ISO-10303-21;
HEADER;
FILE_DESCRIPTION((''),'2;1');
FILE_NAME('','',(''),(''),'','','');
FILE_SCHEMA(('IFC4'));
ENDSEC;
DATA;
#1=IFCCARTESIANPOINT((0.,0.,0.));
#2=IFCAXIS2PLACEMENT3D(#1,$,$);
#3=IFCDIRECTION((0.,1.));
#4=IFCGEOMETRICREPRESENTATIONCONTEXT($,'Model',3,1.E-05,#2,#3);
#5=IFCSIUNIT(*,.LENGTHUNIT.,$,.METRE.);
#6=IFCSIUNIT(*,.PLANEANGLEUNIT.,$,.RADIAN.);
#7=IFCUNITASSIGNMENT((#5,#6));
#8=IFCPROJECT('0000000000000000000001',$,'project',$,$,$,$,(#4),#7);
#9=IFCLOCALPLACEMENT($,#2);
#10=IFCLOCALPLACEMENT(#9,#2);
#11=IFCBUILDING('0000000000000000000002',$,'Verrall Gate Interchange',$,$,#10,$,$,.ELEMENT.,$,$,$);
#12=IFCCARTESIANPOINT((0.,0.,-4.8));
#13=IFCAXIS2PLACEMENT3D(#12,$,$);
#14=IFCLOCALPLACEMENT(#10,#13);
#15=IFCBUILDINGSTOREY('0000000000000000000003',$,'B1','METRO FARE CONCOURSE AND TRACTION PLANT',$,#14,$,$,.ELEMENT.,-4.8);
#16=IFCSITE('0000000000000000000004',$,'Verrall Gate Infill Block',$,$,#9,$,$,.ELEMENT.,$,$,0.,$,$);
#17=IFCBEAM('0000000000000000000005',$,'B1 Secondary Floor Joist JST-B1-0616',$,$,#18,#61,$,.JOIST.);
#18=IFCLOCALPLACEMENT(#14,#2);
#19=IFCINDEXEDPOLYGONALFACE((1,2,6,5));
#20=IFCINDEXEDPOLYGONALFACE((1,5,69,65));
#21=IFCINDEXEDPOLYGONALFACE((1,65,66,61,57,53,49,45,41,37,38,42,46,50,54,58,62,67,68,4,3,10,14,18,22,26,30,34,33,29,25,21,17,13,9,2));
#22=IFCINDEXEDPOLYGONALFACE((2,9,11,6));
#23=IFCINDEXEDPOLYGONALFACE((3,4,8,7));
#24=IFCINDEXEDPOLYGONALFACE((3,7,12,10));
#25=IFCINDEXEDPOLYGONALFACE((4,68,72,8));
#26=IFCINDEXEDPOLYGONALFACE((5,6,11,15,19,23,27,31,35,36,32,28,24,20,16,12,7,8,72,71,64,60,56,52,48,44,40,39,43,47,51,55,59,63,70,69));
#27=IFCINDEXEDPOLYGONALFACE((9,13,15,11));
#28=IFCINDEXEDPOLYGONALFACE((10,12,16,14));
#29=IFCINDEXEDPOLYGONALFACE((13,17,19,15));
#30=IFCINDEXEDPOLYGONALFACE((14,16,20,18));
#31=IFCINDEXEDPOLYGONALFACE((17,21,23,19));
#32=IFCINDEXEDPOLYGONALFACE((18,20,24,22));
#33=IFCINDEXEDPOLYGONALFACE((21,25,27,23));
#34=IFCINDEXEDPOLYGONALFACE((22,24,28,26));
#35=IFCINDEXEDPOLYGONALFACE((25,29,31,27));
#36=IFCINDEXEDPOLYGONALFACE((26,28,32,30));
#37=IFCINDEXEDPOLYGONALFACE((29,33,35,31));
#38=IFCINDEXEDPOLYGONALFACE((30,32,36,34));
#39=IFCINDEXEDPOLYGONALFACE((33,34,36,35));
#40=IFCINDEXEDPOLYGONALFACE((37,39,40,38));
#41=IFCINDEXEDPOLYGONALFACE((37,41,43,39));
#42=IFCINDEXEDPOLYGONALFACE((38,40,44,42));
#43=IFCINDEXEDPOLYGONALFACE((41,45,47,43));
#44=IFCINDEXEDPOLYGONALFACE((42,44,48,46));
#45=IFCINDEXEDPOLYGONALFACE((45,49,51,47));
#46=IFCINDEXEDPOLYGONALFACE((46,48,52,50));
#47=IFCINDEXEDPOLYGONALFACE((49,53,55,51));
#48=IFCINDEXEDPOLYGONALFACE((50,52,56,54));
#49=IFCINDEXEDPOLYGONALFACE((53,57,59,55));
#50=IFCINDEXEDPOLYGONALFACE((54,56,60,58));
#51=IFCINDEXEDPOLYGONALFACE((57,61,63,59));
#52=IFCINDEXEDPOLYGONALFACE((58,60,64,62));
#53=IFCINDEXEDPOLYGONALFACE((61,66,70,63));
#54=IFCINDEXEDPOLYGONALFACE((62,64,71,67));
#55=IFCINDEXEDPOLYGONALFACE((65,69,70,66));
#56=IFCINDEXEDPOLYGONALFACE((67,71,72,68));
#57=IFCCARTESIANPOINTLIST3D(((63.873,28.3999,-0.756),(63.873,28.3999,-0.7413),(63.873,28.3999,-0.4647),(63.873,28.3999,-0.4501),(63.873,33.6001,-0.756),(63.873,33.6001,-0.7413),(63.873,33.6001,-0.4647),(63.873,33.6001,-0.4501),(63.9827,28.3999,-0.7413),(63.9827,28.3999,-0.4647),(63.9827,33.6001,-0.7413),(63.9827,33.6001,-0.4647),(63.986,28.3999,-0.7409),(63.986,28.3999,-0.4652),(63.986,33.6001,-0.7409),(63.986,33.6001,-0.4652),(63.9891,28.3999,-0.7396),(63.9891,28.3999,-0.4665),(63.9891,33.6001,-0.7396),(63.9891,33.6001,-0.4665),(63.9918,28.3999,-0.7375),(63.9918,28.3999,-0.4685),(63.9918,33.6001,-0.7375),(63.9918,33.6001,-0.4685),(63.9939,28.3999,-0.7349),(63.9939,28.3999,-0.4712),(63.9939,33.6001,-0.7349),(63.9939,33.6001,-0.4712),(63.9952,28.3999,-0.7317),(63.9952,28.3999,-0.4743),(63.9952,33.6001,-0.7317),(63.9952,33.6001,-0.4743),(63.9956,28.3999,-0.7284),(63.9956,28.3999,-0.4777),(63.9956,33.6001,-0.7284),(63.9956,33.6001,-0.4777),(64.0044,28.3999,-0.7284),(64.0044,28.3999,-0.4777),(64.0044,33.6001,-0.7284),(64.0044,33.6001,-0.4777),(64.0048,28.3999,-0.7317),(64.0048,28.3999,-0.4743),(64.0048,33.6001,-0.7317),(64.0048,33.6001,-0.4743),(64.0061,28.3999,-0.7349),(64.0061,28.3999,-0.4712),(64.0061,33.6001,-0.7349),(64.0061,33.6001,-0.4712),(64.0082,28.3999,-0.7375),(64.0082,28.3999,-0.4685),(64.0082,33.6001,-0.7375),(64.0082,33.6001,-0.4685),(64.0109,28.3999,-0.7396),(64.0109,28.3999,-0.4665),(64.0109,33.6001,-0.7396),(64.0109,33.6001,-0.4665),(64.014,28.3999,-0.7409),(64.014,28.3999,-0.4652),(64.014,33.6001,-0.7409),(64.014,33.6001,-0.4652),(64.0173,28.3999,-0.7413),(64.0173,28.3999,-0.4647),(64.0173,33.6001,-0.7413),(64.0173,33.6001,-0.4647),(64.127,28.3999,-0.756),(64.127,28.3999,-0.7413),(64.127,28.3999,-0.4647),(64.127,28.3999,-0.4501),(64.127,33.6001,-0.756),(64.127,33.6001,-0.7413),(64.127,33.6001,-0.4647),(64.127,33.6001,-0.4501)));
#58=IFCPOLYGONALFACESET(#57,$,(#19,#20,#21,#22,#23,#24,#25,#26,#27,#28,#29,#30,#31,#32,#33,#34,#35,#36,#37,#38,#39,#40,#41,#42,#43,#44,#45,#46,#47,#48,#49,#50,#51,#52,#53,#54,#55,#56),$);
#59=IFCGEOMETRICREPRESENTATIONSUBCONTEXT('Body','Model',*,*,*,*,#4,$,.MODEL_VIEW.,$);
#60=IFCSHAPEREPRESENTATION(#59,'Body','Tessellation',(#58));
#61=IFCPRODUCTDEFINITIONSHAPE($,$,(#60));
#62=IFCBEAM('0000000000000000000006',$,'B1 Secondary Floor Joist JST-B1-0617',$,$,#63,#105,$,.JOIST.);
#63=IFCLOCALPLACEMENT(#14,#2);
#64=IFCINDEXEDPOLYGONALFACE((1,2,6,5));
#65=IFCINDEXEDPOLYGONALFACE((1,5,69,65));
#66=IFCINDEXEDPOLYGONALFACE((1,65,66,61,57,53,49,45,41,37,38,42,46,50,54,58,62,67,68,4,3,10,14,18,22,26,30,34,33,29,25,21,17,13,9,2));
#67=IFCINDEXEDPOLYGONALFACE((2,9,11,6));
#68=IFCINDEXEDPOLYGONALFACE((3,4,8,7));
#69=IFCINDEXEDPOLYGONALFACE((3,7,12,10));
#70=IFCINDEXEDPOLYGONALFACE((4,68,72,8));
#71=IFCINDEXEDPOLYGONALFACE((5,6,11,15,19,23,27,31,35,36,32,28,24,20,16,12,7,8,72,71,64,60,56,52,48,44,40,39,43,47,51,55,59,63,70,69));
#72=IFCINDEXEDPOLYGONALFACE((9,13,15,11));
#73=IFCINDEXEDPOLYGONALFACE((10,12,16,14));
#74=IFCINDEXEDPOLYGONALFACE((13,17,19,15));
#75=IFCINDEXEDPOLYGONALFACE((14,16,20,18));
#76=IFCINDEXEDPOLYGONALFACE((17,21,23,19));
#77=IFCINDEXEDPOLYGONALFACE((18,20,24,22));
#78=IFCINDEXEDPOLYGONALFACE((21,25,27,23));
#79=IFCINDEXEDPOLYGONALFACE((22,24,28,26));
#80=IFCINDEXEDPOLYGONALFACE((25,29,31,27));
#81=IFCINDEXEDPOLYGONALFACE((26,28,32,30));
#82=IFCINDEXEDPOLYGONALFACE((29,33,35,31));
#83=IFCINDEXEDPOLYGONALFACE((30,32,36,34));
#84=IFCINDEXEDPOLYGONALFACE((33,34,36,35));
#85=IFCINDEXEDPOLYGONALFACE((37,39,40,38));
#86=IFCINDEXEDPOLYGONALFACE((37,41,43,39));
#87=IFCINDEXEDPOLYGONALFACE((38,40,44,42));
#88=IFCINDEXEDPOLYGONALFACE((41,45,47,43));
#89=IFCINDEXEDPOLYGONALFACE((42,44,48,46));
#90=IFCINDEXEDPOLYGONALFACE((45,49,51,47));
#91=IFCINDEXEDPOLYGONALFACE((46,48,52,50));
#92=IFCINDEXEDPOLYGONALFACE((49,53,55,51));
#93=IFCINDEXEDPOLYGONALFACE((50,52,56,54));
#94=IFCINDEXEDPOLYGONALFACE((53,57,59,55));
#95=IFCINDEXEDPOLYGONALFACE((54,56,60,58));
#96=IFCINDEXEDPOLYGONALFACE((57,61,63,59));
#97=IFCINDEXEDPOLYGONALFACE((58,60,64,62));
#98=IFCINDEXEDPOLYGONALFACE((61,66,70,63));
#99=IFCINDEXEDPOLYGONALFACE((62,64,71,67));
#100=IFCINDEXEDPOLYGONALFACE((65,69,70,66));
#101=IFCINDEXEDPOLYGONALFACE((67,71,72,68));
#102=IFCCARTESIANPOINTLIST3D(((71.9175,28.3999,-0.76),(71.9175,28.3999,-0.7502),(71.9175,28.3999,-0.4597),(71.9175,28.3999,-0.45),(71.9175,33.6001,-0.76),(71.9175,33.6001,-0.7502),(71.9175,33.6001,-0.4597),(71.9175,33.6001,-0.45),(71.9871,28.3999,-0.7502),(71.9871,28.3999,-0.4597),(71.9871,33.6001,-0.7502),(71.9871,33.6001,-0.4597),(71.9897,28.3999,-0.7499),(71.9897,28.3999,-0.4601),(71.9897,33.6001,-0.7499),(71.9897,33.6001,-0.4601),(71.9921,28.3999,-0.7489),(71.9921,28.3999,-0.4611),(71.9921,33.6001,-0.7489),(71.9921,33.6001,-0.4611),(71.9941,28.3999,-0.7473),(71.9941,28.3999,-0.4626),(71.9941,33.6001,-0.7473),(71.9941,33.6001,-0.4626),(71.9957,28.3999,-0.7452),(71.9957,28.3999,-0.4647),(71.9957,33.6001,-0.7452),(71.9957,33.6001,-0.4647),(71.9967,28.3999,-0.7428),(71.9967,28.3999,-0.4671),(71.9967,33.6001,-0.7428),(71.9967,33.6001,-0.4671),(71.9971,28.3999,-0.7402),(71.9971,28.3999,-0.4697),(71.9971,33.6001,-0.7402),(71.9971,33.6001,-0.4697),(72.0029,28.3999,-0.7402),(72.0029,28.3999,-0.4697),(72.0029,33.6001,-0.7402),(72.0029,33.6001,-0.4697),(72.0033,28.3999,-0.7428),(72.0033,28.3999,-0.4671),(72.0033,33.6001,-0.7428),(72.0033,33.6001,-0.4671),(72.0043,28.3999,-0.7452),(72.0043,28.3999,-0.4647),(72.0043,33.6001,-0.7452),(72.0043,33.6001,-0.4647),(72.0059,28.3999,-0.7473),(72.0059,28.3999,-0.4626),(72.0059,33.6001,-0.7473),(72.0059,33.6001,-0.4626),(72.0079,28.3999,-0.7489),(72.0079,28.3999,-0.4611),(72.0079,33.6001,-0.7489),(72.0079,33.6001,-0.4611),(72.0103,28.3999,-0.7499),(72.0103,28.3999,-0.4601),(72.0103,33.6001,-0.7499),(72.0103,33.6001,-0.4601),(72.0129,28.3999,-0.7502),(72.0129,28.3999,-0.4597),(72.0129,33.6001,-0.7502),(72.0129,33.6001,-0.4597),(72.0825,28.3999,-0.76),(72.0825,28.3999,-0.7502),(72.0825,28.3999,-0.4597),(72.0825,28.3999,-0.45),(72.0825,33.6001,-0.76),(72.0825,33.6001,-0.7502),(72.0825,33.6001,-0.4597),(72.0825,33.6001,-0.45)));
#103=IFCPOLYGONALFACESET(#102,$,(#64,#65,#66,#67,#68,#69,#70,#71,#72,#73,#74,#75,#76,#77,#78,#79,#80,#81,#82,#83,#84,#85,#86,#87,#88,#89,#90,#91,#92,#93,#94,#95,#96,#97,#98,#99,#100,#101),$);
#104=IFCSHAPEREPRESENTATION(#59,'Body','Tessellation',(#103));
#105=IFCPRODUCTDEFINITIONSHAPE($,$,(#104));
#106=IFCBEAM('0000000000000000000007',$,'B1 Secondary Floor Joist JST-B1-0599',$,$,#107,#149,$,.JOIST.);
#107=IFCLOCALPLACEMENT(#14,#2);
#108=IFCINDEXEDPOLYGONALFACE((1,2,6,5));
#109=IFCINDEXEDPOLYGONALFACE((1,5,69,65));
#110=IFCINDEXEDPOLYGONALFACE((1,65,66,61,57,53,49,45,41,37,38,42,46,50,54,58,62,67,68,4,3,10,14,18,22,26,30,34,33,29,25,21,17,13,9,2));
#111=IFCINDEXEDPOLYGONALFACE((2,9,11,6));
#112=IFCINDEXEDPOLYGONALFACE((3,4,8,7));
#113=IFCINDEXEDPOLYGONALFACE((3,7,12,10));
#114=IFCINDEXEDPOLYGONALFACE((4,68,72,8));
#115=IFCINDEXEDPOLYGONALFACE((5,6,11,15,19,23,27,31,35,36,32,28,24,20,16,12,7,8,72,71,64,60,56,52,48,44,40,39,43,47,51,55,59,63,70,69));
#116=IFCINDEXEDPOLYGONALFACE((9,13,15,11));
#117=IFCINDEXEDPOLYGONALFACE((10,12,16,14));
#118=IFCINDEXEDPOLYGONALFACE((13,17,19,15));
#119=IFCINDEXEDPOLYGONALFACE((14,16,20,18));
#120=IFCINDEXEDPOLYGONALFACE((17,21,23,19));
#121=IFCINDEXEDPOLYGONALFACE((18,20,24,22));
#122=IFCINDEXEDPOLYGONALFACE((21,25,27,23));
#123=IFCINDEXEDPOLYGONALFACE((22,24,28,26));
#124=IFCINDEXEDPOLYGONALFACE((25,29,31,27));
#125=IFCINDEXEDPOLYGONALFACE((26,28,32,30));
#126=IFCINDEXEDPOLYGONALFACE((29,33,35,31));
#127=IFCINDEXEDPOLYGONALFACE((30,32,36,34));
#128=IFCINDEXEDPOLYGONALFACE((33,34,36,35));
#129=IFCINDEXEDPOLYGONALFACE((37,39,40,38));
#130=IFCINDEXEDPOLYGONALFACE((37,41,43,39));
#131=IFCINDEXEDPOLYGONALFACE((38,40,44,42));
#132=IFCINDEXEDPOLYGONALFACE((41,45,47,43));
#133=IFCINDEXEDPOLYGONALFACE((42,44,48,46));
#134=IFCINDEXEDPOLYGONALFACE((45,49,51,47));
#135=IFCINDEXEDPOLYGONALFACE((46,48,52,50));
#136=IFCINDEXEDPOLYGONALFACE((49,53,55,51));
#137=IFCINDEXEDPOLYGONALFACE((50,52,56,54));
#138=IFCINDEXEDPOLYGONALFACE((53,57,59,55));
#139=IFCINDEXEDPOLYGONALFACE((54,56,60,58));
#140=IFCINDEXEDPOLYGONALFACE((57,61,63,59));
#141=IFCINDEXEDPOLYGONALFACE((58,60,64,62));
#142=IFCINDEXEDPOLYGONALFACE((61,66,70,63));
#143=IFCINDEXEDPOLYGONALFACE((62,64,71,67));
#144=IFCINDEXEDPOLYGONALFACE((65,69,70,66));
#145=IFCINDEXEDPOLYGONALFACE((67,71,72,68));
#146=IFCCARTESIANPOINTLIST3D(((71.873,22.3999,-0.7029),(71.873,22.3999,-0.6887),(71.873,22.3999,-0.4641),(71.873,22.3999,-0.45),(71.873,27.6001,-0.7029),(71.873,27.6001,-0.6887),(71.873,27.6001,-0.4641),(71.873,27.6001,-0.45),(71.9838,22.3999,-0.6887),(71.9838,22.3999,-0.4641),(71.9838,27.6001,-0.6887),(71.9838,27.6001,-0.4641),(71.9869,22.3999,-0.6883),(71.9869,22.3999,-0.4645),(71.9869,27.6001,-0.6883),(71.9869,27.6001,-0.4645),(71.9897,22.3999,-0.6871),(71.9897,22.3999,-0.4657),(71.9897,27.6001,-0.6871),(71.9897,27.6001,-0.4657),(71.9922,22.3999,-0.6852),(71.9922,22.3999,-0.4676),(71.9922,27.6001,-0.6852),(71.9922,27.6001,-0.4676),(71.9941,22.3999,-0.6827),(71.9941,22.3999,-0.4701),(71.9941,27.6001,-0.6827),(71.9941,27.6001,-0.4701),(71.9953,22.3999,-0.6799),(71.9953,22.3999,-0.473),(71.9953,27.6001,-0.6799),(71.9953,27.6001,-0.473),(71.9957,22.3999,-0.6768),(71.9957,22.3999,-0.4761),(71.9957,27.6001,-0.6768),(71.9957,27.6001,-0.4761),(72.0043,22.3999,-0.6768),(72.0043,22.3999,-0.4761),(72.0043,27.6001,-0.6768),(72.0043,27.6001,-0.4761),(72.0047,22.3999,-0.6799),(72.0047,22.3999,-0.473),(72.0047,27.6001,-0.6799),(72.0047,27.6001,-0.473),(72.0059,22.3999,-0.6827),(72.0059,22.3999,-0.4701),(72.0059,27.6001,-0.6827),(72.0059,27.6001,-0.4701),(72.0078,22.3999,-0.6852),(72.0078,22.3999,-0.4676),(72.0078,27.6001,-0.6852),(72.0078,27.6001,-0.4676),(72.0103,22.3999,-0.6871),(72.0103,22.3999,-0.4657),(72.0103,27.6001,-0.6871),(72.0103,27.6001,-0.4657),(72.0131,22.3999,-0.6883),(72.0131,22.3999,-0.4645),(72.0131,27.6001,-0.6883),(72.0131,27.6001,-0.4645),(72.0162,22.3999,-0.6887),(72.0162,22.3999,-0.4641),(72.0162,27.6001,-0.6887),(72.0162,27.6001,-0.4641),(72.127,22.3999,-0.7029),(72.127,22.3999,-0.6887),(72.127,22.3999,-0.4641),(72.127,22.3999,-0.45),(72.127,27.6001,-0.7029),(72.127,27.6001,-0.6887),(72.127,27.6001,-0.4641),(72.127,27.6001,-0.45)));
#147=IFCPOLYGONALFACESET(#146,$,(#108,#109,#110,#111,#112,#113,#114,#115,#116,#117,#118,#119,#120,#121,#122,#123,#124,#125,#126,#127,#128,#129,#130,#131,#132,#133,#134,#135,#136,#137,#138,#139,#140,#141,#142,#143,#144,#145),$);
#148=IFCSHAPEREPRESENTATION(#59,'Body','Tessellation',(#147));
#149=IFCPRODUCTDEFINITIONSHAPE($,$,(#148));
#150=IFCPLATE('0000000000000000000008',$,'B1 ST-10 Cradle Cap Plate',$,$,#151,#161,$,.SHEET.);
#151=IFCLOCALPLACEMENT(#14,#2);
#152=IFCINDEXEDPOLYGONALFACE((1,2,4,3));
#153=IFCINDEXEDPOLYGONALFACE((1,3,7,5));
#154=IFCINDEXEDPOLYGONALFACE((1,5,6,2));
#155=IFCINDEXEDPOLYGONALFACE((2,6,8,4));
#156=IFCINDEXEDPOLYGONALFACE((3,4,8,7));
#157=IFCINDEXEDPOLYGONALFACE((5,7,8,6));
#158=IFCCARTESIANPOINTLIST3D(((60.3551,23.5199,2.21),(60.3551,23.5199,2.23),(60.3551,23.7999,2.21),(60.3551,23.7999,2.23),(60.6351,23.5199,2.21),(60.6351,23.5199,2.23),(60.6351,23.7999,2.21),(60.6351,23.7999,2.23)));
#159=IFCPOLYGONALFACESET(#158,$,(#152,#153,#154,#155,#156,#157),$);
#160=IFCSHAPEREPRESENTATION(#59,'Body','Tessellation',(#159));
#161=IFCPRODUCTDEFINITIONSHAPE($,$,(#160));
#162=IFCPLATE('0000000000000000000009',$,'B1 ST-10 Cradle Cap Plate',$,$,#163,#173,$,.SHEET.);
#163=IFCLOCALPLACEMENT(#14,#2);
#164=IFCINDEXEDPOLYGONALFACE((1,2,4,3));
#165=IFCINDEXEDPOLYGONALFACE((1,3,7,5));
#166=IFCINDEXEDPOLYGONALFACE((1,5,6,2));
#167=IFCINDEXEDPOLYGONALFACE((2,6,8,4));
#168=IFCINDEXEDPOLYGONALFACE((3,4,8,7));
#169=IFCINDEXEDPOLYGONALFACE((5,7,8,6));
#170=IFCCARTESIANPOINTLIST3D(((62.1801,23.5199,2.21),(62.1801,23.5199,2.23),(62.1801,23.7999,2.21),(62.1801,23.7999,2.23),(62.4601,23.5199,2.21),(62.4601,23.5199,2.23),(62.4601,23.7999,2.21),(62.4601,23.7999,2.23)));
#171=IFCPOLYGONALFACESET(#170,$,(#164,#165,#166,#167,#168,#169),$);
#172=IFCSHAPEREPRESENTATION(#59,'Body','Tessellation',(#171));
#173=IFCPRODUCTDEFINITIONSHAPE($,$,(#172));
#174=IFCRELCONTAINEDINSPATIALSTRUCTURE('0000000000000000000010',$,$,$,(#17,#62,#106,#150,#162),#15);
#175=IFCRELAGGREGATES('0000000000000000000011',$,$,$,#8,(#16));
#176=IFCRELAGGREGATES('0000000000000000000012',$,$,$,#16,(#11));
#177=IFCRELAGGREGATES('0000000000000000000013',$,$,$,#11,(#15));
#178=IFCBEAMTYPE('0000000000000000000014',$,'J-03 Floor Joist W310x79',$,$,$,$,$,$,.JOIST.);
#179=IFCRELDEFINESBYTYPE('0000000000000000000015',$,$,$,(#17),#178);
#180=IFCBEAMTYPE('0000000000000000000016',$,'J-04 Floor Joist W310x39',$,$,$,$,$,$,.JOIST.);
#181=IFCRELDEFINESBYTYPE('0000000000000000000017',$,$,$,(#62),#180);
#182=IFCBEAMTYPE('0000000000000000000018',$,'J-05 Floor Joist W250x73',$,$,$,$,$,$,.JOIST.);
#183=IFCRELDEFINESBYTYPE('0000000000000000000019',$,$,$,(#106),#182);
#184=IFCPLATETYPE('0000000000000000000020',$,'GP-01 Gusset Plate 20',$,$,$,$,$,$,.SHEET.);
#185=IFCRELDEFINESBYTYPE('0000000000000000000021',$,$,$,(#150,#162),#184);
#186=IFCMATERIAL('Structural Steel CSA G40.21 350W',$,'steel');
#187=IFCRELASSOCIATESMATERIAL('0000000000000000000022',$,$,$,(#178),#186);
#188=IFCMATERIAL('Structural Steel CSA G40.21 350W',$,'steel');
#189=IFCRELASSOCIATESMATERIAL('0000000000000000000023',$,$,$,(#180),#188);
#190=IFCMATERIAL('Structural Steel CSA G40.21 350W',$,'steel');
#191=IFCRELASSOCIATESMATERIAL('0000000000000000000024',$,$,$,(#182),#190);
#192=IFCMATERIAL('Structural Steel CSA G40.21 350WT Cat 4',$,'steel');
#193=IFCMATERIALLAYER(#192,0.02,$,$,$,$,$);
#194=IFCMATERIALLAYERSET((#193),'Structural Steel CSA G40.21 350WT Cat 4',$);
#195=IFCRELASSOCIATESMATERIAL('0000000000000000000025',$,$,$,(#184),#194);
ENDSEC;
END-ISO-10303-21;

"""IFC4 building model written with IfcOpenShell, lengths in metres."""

from ifc_helpers import new_model, si_unit, direction, frame, origin, origin_2d, place, context, subcontext, project, spatial, rectangle, i_section, extrude, material, layer, layer_set, material_profile, profile_set, type_object, element, save


model = new_model("IFC4")

# Units and contexts
model_context = context("Model", 3, precision=1e-05, world=origin(), true_north=direction((0.0, 1.0)))
body_context = subcontext(model_context, "Body", "Model", "MODEL_VIEW")
ifc_project = project(units=[si_unit("LENGTHUNIT", "METRE"), si_unit("PLANEANGLEUNIT", "RADIAN")], contexts=[model_context])

# Site, building, storey
site_placement = place(None, origin())
site = spatial("IfcSite", under=ifc_project, at=site_placement, Name="Verrall Gate Infill Block", CompositionType="ELEMENT", RefElevation=0.0)
building_placement = place(site_placement, origin())
building = spatial("IfcBuilding", under=site, at=building_placement, Name="Verrall Gate Interchange", CompositionType="ELEMENT")
storey_placement = place(building_placement, frame((0.0, 0.0, -4.8)))
storey = spatial("IfcBuildingStorey", under=building, at=storey_placement, Name="B1", Description="METRO FARE CONCOURSE AND TRACTION PLANT", CompositionType="ELEMENT", Elevation=-4.8)

# Beams
ifc_material_1 = material(Name="Structural Steel CSA G40.21 350W", Category="steel")
ifc_material_profile_1 = material_profile(ifc_material_1, i_section(OverallWidth=0.2539, OverallDepth=0.3059, WebThickness=0.0088, FlangeThickness=0.0146, FilletRadius=0.0129, at=origin_2d()), Name="W310x79")
ifc_profile_set_1 = profile_set([ifc_material_profile_1], Name="Structural Steel CSA G40.21 350W")
beam_type_1 = type_object("IfcBeamType", Name="J-03 Floor Joist W310x79", PredefinedType="JOIST", material=ifc_profile_set_1)
beam_1_placement = place(storey_placement, frame((64.0, 28.3999, -0.603), z_axis=(0.0, 1.0, 0.0), x_axis=(-1.0, 0.0, 0.0)))
element("IfcBeam", 1, at=beam_1_placement, inside=storey, type_object=beam_type_1, Name="B1 Secondary Floor Joist JST-B1-0616", PredefinedType="JOIST", context=body_context, shape_type="SweptSolid", body=[
    extrude(i_section(OverallWidth=0.2539, OverallDepth=0.3059, WebThickness=0.0088, FlangeThickness=0.0146, FilletRadius=0.0129, at=origin_2d()), origin(), (0.0, 0.0, 1.0), 5.2002),
])
ifc_material_2 = material(Name="Structural Steel CSA G40.21 350W", Category="steel")
ifc_material_profile_2 = material_profile(ifc_material_2, i_section(OverallWidth=0.165, OverallDepth=0.3101, WebThickness=0.0059, FlangeThickness=0.0098, FilletRadius=0.01, at=origin_2d()), Name="W310x39")
ifc_profile_set_2 = profile_set([ifc_material_profile_2], Name="Structural Steel CSA G40.21 350W")
beam_type_2 = type_object("IfcBeamType", Name="J-04 Floor Joist W310x39", PredefinedType="JOIST", material=ifc_profile_set_2)
beam_2_placement = place(storey_placement, frame((72.0, 28.3999, -0.605), z_axis=(0.0, 1.0, 0.0), x_axis=(-1.0, 0.0, 0.0)))
element("IfcBeam", 2, at=beam_2_placement, inside=storey, type_object=beam_type_2, Name="B1 Secondary Floor Joist JST-B1-0617", PredefinedType="JOIST", context=body_context, shape_type="SweptSolid", body=[
    extrude(i_section(OverallWidth=0.165, OverallDepth=0.3101, WebThickness=0.0059, FlangeThickness=0.0098, FilletRadius=0.01, at=origin_2d()), origin(), (0.0, 0.0, 1.0), 5.2002),
])
ifc_material_3 = material(Name="Structural Steel CSA G40.21 350W", Category="steel")
ifc_material_profile_3 = material_profile(ifc_material_3, i_section(OverallWidth=0.2539, OverallDepth=0.2529, WebThickness=0.0085, FlangeThickness=0.0142, FilletRadius=0.012, at=origin_2d()), Name="W250x73")
ifc_profile_set_3 = profile_set([ifc_material_profile_3], Name="Structural Steel CSA G40.21 350W")
beam_type_3 = type_object("IfcBeamType", Name="J-05 Floor Joist W250x73", PredefinedType="JOIST", material=ifc_profile_set_3)
beam_3_placement = place(storey_placement, frame((72.0, 22.3999, -0.5764), z_axis=(0.0, 1.0, 0.0), x_axis=(-1.0, 0.0, 0.0)))
element("IfcBeam", 3, at=beam_3_placement, inside=storey, type_object=beam_type_3, Name="B1 Secondary Floor Joist JST-B1-0599", PredefinedType="JOIST", context=body_context, shape_type="SweptSolid", body=[
    extrude(i_section(OverallWidth=0.2539, OverallDepth=0.2529, WebThickness=0.0085, FlangeThickness=0.0142, FilletRadius=0.012, at=origin_2d()), origin(), (0.0, 0.0, 1.0), 5.2002),
])

# Plates
ifc_material_4 = material(Name="Structural Steel CSA G40.21 350WT Cat 4", Category="steel")
ifc_layer = layer(ifc_material_4, 0.02)
ifc_layer_set = layer_set([ifc_layer], Name="Structural Steel CSA G40.21 350WT Cat 4")
plate_type = type_object("IfcPlateType", Name="GP-01 Gusset Plate 20", PredefinedType="SHEET", material=ifc_layer_set)
for number, where, z_axis, x_axis, name in (
    (4, (60.4951, 23.6599, 2.21), (0.0, 0.0, 1.0), (1.0, 0.0, 0.0), "B1 ST-10 Cradle Cap Plate"),
    (5, (62.3201, 23.6599, 2.21), (0.0, 0.0, 1.0), (1.0, 0.0, 0.0), "B1 ST-10 Cradle Cap Plate"),
):
    element("IfcPlate", number, at=place(storey_placement, frame(where, z_axis=z_axis, x_axis=x_axis)), inside=storey, type_object=plate_type, Name=name, PredefinedType="SHEET", context=body_context, shape_type="SweptSolid", body=[
        extrude(rectangle(XDim=0.28, YDim=0.28, at=origin_2d()), origin(), (0.0, 0.0, 1.0), 0.02),
    ])

save(model, "model.ifc")
